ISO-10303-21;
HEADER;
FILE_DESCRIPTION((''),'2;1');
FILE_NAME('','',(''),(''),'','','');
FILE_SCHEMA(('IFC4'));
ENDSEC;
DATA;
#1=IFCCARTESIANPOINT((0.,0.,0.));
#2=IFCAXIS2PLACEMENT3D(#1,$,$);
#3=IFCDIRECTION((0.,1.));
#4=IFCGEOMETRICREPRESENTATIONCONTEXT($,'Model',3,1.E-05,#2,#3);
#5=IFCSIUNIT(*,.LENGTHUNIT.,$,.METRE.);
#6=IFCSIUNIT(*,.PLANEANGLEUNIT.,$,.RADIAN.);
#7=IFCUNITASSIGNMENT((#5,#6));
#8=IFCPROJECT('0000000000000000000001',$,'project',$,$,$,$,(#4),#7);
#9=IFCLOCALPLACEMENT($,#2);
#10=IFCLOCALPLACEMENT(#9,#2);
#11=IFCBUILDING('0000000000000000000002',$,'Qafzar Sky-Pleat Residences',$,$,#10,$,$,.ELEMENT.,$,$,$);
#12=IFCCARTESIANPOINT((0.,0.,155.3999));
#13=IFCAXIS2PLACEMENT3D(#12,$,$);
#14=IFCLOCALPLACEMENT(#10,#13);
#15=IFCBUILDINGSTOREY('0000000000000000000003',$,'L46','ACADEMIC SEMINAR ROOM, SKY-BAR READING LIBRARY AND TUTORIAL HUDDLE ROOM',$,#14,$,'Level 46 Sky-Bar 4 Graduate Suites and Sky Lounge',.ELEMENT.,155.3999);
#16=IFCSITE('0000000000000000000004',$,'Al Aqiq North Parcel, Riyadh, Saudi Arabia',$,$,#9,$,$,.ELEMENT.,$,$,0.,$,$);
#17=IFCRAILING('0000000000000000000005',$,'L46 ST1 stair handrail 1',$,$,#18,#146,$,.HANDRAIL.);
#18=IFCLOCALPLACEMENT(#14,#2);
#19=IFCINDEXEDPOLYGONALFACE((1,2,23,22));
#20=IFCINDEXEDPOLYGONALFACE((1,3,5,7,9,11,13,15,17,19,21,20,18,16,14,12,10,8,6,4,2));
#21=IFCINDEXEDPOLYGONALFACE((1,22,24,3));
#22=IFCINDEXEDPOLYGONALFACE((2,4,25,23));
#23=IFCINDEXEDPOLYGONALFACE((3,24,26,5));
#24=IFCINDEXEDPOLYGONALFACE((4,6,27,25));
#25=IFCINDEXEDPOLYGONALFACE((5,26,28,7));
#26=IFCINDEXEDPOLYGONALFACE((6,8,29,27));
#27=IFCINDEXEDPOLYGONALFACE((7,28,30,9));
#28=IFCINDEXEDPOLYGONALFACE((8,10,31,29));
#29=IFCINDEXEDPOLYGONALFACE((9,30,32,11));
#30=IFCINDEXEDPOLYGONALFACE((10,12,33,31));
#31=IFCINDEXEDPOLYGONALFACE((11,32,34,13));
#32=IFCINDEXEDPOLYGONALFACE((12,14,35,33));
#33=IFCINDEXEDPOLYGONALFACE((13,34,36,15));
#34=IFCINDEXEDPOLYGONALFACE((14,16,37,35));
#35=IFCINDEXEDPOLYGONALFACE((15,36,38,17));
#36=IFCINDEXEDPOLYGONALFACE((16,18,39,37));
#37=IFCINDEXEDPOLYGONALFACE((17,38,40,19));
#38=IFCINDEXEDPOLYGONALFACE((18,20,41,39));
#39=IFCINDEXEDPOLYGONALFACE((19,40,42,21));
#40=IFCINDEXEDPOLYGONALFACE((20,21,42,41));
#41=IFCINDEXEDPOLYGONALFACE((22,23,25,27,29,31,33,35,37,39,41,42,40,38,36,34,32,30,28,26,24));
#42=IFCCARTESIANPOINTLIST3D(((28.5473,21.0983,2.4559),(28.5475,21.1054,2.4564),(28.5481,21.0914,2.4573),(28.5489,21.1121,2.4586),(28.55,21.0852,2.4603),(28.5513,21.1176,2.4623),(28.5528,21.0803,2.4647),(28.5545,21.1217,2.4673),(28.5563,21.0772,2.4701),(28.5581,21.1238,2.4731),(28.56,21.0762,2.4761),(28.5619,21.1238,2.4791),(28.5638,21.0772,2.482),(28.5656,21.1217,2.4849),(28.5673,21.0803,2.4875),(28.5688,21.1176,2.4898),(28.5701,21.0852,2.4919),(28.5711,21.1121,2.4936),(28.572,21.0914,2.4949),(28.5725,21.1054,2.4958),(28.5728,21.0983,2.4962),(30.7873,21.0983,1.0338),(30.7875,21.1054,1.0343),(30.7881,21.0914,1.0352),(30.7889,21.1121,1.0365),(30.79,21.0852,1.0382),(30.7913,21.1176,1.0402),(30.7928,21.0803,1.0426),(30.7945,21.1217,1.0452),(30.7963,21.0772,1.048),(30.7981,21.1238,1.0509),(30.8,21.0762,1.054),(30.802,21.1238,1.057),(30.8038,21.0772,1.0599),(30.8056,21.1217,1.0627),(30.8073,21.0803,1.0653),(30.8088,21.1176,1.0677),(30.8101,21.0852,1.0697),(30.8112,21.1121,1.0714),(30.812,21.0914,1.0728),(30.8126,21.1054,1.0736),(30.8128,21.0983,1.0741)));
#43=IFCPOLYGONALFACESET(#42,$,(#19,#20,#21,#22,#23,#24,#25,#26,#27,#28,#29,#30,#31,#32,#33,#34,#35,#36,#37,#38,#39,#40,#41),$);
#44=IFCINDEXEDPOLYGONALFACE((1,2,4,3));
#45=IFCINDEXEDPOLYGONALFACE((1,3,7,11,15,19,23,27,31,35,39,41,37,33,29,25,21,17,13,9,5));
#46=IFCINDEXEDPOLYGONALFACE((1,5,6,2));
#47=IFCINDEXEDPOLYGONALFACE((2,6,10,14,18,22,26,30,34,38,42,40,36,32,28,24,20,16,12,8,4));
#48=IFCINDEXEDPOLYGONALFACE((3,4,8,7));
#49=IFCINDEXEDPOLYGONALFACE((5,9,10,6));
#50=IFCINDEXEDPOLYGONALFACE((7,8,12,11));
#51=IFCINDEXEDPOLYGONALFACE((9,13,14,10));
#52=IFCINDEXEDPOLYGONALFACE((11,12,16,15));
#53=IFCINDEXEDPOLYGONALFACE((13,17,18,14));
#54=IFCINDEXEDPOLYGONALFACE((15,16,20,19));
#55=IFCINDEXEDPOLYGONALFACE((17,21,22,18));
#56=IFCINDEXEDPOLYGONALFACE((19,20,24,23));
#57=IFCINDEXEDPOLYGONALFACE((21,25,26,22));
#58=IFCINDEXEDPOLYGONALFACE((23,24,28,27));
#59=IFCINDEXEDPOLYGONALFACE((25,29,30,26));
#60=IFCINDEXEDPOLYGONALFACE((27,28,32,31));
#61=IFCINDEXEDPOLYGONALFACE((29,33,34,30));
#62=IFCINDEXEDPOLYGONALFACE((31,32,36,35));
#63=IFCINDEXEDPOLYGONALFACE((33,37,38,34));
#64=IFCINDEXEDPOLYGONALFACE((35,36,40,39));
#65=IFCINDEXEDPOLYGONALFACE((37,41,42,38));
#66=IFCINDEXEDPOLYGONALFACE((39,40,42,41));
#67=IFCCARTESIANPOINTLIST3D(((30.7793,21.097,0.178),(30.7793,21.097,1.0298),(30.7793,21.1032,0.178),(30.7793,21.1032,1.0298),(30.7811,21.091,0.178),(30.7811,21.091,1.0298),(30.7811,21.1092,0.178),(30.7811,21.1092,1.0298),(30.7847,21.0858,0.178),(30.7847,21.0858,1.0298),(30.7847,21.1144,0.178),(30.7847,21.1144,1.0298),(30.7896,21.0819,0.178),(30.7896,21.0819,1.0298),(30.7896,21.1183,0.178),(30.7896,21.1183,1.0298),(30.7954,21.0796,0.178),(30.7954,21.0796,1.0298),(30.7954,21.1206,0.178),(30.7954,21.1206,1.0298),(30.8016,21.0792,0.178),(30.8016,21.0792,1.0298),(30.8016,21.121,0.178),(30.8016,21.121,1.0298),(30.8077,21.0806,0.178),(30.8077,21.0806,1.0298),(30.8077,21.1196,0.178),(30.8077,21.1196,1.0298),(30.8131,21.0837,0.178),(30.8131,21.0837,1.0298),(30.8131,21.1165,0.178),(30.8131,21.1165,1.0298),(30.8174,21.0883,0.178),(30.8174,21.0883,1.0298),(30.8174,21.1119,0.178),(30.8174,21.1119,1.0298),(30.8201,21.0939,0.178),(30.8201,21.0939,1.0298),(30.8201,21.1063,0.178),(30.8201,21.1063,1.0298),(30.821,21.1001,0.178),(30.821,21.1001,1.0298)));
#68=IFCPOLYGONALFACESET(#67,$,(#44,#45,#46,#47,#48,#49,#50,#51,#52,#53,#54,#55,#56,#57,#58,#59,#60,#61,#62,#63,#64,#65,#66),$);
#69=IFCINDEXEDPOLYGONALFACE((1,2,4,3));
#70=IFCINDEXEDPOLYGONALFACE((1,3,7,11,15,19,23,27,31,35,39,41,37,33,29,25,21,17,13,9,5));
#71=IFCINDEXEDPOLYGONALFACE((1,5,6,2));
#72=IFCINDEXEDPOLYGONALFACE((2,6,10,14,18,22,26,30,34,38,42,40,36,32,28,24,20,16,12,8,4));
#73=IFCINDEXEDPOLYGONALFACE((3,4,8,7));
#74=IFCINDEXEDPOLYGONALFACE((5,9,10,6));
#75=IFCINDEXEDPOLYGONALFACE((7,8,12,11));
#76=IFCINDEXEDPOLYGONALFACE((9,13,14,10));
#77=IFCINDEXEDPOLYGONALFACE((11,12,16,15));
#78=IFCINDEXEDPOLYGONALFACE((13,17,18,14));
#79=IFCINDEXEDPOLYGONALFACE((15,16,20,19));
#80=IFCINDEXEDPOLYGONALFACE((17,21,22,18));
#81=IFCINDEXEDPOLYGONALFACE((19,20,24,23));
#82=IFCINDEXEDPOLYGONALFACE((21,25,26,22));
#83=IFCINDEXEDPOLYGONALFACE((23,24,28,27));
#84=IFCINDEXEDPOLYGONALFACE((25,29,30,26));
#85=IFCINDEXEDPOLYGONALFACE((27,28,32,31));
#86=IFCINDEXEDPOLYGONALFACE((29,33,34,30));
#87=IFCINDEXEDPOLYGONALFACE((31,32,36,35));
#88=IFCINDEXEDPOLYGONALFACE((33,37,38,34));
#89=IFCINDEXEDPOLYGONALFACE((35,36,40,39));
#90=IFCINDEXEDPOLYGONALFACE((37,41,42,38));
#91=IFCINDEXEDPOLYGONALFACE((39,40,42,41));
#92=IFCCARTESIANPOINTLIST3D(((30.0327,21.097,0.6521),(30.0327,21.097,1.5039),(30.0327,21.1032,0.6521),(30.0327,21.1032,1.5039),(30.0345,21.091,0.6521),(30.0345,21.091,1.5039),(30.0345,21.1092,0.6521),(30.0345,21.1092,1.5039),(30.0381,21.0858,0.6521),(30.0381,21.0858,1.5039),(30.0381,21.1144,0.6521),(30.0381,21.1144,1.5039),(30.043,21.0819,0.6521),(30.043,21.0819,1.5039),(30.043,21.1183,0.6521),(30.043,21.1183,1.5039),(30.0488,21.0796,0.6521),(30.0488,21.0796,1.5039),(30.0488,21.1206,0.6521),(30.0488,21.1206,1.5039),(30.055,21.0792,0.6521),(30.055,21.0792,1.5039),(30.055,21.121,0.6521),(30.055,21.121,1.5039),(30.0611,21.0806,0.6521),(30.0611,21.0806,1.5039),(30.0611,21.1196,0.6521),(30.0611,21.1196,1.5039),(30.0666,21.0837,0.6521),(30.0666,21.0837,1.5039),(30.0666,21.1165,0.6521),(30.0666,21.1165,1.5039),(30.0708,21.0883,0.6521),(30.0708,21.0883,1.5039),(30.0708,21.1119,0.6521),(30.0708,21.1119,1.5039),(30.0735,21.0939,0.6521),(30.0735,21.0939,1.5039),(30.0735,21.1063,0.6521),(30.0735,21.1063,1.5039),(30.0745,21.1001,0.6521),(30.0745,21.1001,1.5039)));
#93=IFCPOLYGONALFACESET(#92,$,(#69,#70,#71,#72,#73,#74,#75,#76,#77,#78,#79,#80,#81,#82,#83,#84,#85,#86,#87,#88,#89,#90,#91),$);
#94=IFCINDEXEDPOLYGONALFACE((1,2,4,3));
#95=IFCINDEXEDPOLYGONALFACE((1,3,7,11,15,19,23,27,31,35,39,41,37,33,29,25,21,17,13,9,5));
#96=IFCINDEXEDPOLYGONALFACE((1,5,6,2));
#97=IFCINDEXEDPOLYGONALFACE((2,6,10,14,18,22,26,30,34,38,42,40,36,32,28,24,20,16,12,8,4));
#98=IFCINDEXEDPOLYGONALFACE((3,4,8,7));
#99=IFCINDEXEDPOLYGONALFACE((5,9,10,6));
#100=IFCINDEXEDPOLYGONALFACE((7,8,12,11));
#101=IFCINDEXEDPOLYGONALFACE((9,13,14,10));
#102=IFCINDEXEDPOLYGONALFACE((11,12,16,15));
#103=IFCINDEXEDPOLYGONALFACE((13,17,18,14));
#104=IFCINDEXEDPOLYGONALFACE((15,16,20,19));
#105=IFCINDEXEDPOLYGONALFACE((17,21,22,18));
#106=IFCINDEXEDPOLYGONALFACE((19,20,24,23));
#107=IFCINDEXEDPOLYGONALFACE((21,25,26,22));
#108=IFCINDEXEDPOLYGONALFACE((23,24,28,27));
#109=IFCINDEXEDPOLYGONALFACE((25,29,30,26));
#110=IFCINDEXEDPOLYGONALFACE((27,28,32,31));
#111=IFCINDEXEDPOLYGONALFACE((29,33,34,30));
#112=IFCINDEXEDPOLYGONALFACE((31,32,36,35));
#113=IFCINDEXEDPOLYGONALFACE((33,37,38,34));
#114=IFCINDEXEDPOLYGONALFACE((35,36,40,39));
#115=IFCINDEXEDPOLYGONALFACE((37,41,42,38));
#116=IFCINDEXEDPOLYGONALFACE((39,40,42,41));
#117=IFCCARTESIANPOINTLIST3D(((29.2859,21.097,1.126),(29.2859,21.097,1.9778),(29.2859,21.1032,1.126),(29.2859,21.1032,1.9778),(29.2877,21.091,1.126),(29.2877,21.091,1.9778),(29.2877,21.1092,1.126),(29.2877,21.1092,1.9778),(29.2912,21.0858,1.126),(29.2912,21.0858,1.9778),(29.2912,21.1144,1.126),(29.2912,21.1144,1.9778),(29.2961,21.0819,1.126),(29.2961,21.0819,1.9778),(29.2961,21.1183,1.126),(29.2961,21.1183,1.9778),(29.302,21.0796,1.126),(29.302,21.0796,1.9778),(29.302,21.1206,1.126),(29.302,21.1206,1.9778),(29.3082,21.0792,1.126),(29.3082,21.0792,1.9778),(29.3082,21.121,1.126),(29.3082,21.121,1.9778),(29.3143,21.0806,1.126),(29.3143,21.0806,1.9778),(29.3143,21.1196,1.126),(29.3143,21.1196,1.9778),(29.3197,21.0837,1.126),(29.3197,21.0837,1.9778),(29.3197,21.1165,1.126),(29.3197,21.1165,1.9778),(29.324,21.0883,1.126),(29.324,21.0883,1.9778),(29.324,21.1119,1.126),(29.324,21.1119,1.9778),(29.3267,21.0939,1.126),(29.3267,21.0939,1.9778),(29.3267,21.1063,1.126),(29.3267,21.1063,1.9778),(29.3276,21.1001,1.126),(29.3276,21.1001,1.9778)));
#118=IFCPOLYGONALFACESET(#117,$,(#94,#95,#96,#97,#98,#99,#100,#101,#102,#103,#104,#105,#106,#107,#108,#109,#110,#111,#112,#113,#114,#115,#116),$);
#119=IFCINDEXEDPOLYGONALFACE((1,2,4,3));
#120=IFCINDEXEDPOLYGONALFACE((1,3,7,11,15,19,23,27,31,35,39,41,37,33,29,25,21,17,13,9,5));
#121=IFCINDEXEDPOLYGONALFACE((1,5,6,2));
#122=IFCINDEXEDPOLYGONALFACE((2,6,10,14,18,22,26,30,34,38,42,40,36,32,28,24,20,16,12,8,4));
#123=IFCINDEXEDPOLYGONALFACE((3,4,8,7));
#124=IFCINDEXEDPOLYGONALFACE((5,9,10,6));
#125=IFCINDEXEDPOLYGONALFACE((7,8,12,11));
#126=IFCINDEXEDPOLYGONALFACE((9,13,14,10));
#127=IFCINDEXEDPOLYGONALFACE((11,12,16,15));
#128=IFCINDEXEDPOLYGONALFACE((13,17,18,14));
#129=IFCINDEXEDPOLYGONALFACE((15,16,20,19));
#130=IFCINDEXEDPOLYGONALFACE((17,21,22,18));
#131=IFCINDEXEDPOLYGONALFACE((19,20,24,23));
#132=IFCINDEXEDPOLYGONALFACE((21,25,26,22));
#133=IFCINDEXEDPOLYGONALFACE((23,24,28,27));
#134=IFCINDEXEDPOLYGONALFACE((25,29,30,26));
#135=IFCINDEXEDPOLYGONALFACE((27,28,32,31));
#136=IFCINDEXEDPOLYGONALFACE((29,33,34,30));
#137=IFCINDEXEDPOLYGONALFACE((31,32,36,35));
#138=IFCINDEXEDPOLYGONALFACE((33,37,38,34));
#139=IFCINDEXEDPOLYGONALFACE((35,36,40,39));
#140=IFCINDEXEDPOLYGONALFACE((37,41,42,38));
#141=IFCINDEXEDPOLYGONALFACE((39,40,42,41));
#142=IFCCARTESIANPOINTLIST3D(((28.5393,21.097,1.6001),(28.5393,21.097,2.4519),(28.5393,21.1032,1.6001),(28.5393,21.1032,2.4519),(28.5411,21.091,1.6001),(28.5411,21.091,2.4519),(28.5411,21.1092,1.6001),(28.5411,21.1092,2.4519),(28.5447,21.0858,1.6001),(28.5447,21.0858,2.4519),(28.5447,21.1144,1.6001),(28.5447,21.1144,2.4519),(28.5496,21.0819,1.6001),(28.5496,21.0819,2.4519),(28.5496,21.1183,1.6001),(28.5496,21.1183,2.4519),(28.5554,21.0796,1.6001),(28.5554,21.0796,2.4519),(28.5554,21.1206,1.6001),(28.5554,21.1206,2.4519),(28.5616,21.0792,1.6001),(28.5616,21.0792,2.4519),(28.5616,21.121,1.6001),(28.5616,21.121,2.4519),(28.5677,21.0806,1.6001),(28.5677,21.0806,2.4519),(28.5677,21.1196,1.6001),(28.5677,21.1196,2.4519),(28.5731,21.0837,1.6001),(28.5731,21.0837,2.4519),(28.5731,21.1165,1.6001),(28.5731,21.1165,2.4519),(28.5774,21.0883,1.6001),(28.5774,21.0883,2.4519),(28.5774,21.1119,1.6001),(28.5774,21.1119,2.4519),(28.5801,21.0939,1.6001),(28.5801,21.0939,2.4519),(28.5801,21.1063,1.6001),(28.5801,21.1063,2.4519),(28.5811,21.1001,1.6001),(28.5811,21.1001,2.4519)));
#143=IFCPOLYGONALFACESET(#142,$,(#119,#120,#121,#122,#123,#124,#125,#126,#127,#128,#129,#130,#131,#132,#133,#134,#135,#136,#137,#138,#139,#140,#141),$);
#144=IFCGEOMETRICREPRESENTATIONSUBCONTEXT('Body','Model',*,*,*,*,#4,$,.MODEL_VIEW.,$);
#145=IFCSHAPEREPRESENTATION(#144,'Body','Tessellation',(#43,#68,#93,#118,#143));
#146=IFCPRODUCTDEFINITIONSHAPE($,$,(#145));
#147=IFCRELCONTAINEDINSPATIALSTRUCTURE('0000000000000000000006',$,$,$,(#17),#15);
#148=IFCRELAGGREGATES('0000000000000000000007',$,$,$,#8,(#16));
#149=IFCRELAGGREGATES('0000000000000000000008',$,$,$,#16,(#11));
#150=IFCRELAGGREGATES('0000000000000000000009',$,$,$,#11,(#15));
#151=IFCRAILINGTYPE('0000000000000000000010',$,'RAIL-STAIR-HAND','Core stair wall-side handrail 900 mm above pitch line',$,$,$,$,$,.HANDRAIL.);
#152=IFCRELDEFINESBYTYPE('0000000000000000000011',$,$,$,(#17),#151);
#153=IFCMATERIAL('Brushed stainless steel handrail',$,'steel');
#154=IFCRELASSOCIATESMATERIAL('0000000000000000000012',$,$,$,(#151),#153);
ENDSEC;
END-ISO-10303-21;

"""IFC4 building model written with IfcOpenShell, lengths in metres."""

from ifc_helpers import new_model, si_unit, direction, frame, origin, origin_2d, place, context, subcontext, project, spatial, circle, extrude, source, transform, mapped, material, type_object, element, save


model = new_model("IFC4")

# Units and contexts
model_context = context("Model", 3, precision=1e-05, world=origin(), true_north=direction((0.0, 1.0)))
body_context = subcontext(model_context, "Body", "Model", "MODEL_VIEW")
ifc_project = project(units=[si_unit("LENGTHUNIT", "METRE"), si_unit("PLANEANGLEUNIT", "RADIAN")], contexts=[model_context])

# Site, building, storey
site_placement = place(None, origin())
site = spatial("IfcSite", under=ifc_project, at=site_placement, Name="Al Aqiq North Parcel, Riyadh, Saudi Arabia", CompositionType="ELEMENT", RefElevation=0.0)
building_placement = place(site_placement, origin())
building = spatial("IfcBuilding", under=site, at=building_placement, Name="Qafzar Sky-Pleat Residences", CompositionType="ELEMENT")
storey_placement = place(building_placement, frame((0.0, 0.0, 155.3999)))
storey = spatial("IfcBuildingStorey", under=building, at=storey_placement, Name="L46", Description="ACADEMIC SEMINAR ROOM, SKY-BAR READING LIBRARY AND TUTORIAL HUDDLE ROOM", LongName="Level 46 Sky-Bar 4 Graduate Suites and Sky Lounge", CompositionType="ELEMENT", Elevation=155.3999)

# Railing
ifc_material_1 = material(Name="Brushed stainless steel handrail", Category="steel")
railing_type_1 = type_object("IfcRailingType", Name="RAIL-STAIR-HAND", Description="Core stair wall-side handrail 900 mm above pitch line", PredefinedType="HANDRAIL", material=ifc_material_1)
shared_shape_1 = source(origin(), body_context, "Body", "SweptSolid", [
    extrude(circle(Radius=0.0239, at=origin_2d()), frame((0.0, 0.0, 0.876), z_axis=(-0.844229, 0.0, 0.535982), x_axis=(0.0, -1.0, 0.0)), (0.0, 0.0, 1.0), 2.6533),
    extrude(circle(Radius=0.021, at=origin_2d()), origin(), (0.0, 0.0, 1.0), 0.8518),
    extrude(circle(Radius=0.021, at=origin_2d()), frame((-0.7466, 0.0, 0.4741)), (0.0, 0.0, 1.0), 0.8518),
    extrude(circle(Radius=0.021, at=origin_2d()), frame((-1.4934, 0.0, 0.948)), (0.0, 0.0, 1.0), 0.8518),
    extrude(circle(Radius=0.021, at=origin_2d()), frame((-2.24, 0.0, 1.4221)), (0.0, 0.0, 1.0), 0.8518),
])
railing_1_placement = place(storey_placement, frame((30.8, 21.1001, 0.178)))
element("IfcRailing", 1, at=railing_1_placement, inside=storey, type_object=railing_type_1, Name="L46 ST1 stair handrail 1", PredefinedType="HANDRAIL", context=body_context, shape_type="MappedRepresentation", body=[
    mapped(shared_shape_1, transform((0.0, 0.0, 0.0), x_axis=(1.0, 0.0, 0.0), y_axis=(0.0, 1.0, 0.0), z_axis=(0.0, 0.0, 1.0), scale=1.0)),
])

save(model, "model.ifc")
